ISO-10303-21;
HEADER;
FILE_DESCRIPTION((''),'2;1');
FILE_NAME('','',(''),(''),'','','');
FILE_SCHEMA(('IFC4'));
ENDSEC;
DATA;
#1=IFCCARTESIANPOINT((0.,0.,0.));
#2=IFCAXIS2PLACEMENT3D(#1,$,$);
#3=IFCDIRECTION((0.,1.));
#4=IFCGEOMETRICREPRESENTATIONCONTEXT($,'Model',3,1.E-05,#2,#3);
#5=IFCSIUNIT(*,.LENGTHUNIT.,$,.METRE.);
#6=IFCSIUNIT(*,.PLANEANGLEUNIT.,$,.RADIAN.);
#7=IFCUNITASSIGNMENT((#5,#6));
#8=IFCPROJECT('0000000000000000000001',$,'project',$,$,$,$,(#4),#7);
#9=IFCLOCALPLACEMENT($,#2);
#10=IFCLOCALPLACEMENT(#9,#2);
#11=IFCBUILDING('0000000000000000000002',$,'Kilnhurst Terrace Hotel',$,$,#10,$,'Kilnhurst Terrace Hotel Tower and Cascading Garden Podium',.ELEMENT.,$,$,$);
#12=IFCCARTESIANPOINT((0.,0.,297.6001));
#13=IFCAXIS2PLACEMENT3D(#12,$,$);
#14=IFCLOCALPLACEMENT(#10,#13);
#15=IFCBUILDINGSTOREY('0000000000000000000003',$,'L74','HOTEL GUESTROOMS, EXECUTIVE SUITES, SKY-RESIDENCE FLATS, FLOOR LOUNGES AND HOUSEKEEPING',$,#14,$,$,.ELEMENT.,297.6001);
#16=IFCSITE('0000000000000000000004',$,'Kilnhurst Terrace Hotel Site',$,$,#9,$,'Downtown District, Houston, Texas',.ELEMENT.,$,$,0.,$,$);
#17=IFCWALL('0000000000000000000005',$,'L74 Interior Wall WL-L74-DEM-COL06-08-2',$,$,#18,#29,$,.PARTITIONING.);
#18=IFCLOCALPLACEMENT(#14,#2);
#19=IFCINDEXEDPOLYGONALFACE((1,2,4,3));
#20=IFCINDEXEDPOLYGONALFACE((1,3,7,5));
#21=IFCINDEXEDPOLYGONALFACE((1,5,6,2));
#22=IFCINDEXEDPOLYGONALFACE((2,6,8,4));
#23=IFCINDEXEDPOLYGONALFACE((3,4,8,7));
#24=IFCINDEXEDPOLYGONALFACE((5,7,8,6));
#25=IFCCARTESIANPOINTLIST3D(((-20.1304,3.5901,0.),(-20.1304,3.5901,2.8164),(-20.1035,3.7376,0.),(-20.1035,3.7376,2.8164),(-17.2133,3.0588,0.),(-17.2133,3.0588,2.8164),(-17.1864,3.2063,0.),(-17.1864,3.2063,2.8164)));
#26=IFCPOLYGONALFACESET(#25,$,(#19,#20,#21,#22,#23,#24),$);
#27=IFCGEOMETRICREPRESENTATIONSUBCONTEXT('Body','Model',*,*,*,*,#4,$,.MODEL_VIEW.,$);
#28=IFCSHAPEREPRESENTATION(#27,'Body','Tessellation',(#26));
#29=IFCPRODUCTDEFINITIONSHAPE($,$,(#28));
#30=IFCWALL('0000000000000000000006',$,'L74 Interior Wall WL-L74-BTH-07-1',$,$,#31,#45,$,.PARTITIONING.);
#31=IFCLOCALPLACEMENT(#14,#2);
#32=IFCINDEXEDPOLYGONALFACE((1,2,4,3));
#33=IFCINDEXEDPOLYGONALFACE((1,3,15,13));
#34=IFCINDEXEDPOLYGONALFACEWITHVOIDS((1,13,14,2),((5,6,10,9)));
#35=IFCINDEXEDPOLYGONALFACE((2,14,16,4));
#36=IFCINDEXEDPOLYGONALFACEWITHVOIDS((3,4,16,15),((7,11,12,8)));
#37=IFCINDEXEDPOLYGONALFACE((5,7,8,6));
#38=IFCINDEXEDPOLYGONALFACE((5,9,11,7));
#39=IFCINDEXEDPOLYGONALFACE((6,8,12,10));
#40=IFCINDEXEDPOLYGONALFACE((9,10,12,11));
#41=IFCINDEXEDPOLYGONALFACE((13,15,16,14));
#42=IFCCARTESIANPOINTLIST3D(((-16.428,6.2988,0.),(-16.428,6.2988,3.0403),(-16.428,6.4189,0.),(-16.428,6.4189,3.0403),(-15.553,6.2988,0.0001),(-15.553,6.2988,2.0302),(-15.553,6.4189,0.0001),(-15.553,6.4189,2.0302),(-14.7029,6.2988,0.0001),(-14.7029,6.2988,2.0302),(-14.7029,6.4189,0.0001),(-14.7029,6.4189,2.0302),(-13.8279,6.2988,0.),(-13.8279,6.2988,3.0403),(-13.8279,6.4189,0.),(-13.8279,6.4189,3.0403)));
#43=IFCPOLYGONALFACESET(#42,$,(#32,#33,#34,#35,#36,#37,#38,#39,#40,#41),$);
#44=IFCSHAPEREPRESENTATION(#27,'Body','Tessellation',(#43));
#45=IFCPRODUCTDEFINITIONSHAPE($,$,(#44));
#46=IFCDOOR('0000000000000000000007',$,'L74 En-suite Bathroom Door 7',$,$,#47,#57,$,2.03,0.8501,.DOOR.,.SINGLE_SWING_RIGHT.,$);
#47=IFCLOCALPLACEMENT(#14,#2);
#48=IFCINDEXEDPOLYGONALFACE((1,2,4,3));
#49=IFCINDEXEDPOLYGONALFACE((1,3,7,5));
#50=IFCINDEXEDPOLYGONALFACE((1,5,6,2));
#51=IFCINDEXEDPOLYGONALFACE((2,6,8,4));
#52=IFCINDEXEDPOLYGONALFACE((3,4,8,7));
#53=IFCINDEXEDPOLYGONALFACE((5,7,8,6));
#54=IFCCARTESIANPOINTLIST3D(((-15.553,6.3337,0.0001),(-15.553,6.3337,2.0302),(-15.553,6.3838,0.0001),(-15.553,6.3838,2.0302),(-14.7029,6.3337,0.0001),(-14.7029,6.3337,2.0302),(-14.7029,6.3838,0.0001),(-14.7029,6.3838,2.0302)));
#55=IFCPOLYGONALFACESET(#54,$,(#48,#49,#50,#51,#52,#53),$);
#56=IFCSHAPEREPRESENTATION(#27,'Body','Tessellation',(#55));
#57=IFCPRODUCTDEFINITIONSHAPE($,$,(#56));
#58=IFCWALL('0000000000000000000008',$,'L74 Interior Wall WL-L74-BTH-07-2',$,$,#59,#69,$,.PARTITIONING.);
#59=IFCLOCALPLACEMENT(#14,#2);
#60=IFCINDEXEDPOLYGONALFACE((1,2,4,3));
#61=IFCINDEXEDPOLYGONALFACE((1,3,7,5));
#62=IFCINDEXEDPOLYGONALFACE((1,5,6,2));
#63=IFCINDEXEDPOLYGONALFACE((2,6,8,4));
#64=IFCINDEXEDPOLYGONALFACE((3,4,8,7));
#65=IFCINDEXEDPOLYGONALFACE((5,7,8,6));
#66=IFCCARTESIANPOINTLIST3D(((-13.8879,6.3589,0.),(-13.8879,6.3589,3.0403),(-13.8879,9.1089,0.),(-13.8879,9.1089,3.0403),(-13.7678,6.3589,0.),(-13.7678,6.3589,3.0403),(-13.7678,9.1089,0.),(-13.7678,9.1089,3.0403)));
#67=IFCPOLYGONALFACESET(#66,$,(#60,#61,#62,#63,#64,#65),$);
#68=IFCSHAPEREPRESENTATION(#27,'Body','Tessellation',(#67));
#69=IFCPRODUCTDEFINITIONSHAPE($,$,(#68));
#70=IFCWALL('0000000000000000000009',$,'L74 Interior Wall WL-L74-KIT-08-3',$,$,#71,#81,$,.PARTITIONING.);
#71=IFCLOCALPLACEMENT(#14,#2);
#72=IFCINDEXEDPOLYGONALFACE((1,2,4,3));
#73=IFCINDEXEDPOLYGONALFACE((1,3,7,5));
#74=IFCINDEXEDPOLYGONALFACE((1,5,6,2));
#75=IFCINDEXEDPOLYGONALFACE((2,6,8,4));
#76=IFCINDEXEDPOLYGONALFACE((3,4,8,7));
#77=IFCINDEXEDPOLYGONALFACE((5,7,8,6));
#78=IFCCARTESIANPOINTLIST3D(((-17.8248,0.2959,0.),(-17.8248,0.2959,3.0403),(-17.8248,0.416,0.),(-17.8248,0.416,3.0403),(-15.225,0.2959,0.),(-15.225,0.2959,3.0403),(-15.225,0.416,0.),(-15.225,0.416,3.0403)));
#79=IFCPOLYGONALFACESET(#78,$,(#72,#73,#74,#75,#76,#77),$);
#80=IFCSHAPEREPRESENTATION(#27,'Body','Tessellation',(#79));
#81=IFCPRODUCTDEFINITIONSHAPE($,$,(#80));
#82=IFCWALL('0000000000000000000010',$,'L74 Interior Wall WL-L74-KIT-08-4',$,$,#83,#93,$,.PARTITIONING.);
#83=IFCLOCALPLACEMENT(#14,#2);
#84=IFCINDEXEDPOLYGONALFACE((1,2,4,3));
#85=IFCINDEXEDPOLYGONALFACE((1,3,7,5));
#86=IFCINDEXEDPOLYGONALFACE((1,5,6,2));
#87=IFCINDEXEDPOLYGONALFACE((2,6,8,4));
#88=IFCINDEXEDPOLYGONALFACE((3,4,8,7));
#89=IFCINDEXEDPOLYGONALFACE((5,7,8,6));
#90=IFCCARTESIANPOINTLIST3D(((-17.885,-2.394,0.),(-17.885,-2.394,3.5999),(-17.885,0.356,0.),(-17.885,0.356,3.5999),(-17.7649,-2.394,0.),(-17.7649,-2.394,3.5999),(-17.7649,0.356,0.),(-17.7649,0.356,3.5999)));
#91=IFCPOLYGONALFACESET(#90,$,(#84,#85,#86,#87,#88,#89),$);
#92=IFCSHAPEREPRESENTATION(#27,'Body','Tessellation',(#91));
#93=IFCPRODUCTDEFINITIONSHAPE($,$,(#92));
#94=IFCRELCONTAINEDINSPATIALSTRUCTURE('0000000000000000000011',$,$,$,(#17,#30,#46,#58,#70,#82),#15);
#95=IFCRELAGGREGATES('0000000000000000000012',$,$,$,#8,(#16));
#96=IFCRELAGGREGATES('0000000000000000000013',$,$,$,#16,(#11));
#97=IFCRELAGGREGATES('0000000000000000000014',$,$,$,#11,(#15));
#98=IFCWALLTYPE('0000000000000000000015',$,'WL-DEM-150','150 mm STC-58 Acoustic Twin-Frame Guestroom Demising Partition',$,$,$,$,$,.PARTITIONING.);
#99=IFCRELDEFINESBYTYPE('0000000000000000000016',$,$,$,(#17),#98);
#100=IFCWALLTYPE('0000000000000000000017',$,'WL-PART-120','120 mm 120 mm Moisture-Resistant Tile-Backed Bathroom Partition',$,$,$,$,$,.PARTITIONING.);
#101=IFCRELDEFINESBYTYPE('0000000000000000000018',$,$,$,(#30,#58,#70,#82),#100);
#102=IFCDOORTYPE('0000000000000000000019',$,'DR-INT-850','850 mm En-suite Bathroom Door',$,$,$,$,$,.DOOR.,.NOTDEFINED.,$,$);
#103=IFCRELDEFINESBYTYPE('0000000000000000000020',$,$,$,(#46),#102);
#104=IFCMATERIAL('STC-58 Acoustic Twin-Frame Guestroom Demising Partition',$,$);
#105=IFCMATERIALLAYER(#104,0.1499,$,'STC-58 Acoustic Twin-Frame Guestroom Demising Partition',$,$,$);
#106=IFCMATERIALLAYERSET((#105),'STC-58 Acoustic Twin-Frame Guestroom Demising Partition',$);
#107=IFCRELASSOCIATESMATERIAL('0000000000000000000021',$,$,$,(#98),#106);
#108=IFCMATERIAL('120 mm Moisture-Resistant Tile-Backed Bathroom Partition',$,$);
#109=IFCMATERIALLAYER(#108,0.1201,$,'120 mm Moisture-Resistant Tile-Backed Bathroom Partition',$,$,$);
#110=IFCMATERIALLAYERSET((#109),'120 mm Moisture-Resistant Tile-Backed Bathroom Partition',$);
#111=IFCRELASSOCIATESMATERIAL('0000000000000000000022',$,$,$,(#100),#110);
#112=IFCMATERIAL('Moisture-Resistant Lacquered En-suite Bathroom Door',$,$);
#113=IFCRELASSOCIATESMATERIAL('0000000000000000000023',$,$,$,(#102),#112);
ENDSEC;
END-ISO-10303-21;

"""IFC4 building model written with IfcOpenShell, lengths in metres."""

from ifc_helpers import new_model, si_unit, direction, frame, frame_2d, origin, place, context, subcontext, project, spatial, rectangle, extrude, material, layer, layer_set, type_object, element, fill, save


model = new_model("IFC4")

# Units and contexts
model_context = context("Model", 3, precision=1e-05, world=origin(), true_north=direction((0.0, 1.0)))
body_context = subcontext(model_context, "Body", "Model", "MODEL_VIEW")
ifc_project = project(units=[si_unit("LENGTHUNIT", "METRE"), si_unit("PLANEANGLEUNIT", "RADIAN")], contexts=[model_context])

# Site, building, storey
site_placement = place(None, origin())
site = spatial("IfcSite", under=ifc_project, at=site_placement, Name="Kilnhurst Terrace Hotel Site", LongName="Downtown District, Houston, Texas", CompositionType="ELEMENT", RefElevation=0.0)
building_placement = place(site_placement, origin())
building = spatial("IfcBuilding", under=site, at=building_placement, Name="Kilnhurst Terrace Hotel", LongName="Kilnhurst Terrace Hotel Tower and Cascading Garden Podium", CompositionType="ELEMENT")
storey_placement = place(building_placement, frame((0.0, 0.0, 297.6001)))
storey = spatial("IfcBuildingStorey", under=building, at=storey_placement, Name="L74", Description="HOTEL GUESTROOMS, EXECUTIVE SUITES, SKY-RESIDENCE FLATS, FLOOR LOUNGES AND HOUSEKEEPING", CompositionType="ELEMENT", Elevation=297.6001)

# Wall
ifc_material_1 = material(Name="STC-58 Acoustic Twin-Frame Guestroom Demising Partition")
ifc_layer_1 = layer(ifc_material_1, 0.1499, Name="STC-58 Acoustic Twin-Frame Guestroom Demising Partition")
ifc_layer_set_1 = layer_set([ifc_layer_1], Name="STC-58 Acoustic Twin-Frame Guestroom Demising Partition")
wall_type_1 = type_object("IfcWallType", Name="WL-DEM-150", Description="150 mm STC-58 Acoustic Twin-Frame Guestroom Demising Partition", PredefinedType="PARTITIONING", material=ifc_layer_set_1)
wall_1_placement = place(storey_placement, frame((-17.2, 3.1326, 0.0), z_axis=(0.0, 0.0, 1.0), x_axis=(-0.983817, 0.179175, 0.0)))
element("IfcWall", 1, at=wall_1_placement, inside=storey, type_object=wall_type_1, Name="L74 Interior Wall WL-L74-DEM-COL06-08-2", PredefinedType="PARTITIONING", context=body_context, shape_type="SweptSolid", body=[
    extrude(rectangle(XDim=2.9651, YDim=0.1499, at=frame_2d((1.4824, 0.0))), origin(), (0.0, 0.0, 1.0), 2.8164),
])

# Wall, opening, door
ifc_material_2 = material(Name="120 mm Moisture-Resistant Tile-Backed Bathroom Partition")
ifc_layer_2 = layer(ifc_material_2, 0.1201, Name="120 mm Moisture-Resistant Tile-Backed Bathroom Partition")
ifc_layer_set_2 = layer_set([ifc_layer_2], Name="120 mm Moisture-Resistant Tile-Backed Bathroom Partition")
wall_type_2 = type_object("IfcWallType", Name="WL-PART-120", Description="120 mm 120 mm Moisture-Resistant Tile-Backed Bathroom Partition", PredefinedType="PARTITIONING", material=ifc_layer_set_2)
wall_2_placement = place(storey_placement, frame((-16.428, 6.3589, 0.0), z_axis=(0.0, 0.0, 1.0), x_axis=(1.0, 0.0, 0.0)))
wall_2 = element("IfcWall", 2, at=wall_2_placement, inside=storey, type_object=wall_type_2, Name="L74 Interior Wall WL-L74-BTH-07-1", PredefinedType="PARTITIONING", context=body_context, shape_type="SweptSolid", body=[
    extrude(rectangle(XDim=2.6001, YDim=0.1201, at=frame_2d((1.3, 0.0))), origin(), (0.0, 0.0, 1.0), 3.0403),
])
opening_1_placement = place(wall_2_placement, frame((0.875, 0.0, 0.0)))
opening_1 = element("IfcOpeningElement", 3, at=opening_1_placement, cuts=wall_2, PredefinedType="OPENING", context=body_context, shape_type="SweptSolid", body=[
    extrude(rectangle(XDim=0.8501, YDim=2.03, at=frame_2d((0.425, 1.0151))), frame((0.0, 0.0701, 0.0), z_axis=(0.0, -1.0, 0.0), x_axis=(1.0, 0.0, 0.0)), (0.0, 0.0, 1.0), 0.1401),
])
ifc_material_3 = material(Name="Moisture-Resistant Lacquered En-suite Bathroom Door")
door_type_1 = type_object("IfcDoorType", Name="DR-INT-850", Description="850 mm En-suite Bathroom Door", OperationType="NOTDEFINED", PredefinedType="DOOR", material=ifc_material_3)
door_1_placement = place(opening_1_placement, origin())
door_1 = element("IfcDoor", 4, at=door_1_placement, inside=storey, type_object=door_type_1, Name="L74 En-suite Bathroom Door 7", OperationType="SINGLE_SWING_RIGHT", OverallHeight=2.03, OverallWidth=0.8501, PredefinedType="DOOR", context=body_context, shape_type="SweptSolid", body=[
    extrude(rectangle(XDim=0.8501, YDim=2.03, at=frame_2d((0.425, 1.0151))), frame((0.0, 0.0249, 0.0), z_axis=(0.0, -1.0, 0.0), x_axis=(1.0, 0.0, 0.0)), (0.0, 0.0, 1.0), 0.05),
])
fill(opening_1, door_1)

# Walls
wall_3_placement = place(storey_placement, frame((-13.8279, 6.3589, 0.0), z_axis=(0.0, 0.0, 1.0), x_axis=(0.0, 1.0, 0.0)))
element("IfcWall", 5, at=wall_3_placement, inside=storey, type_object=wall_type_2, Name="L74 Interior Wall WL-L74-BTH-07-2", PredefinedType="PARTITIONING", context=body_context, shape_type="SweptSolid", body=[
    extrude(rectangle(XDim=2.75, YDim=0.1201, at=frame_2d((1.375, 0.0))), origin(), (0.0, 0.0, 1.0), 3.0403),
])
wall_4_placement = place(storey_placement, frame((-15.2251, 0.356, 0.0), z_axis=(0.0, 0.0, 1.0), x_axis=(-1.0, 0.0, 0.0)))
element("IfcWall", 6, at=wall_4_placement, inside=storey, type_object=wall_type_2, Name="L74 Interior Wall WL-L74-KIT-08-3", PredefinedType="PARTITIONING", context=body_context, shape_type="SweptSolid", body=[
    extrude(rectangle(XDim=2.5999, YDim=0.1201, at=frame_2d((1.2998, 0.0))), origin(), (0.0, 0.0, 1.0), 3.0403),
])
wall_5_placement = place(storey_placement, frame((-17.825, 0.356, 0.0), z_axis=(0.0, 0.0, 1.0), x_axis=(0.0, -1.0, 0.0)))
element("IfcWall", 7, at=wall_5_placement, inside=storey, type_object=wall_type_2, Name="L74 Interior Wall WL-L74-KIT-08-4", PredefinedType="PARTITIONING", context=body_context, shape_type="SweptSolid", body=[
    extrude(rectangle(XDim=2.75, YDim=0.1201, at=frame_2d((1.375, 0.0))), origin(), (0.0, 0.0, 1.0), 3.5999),
])

save(model, "model.ifc")
